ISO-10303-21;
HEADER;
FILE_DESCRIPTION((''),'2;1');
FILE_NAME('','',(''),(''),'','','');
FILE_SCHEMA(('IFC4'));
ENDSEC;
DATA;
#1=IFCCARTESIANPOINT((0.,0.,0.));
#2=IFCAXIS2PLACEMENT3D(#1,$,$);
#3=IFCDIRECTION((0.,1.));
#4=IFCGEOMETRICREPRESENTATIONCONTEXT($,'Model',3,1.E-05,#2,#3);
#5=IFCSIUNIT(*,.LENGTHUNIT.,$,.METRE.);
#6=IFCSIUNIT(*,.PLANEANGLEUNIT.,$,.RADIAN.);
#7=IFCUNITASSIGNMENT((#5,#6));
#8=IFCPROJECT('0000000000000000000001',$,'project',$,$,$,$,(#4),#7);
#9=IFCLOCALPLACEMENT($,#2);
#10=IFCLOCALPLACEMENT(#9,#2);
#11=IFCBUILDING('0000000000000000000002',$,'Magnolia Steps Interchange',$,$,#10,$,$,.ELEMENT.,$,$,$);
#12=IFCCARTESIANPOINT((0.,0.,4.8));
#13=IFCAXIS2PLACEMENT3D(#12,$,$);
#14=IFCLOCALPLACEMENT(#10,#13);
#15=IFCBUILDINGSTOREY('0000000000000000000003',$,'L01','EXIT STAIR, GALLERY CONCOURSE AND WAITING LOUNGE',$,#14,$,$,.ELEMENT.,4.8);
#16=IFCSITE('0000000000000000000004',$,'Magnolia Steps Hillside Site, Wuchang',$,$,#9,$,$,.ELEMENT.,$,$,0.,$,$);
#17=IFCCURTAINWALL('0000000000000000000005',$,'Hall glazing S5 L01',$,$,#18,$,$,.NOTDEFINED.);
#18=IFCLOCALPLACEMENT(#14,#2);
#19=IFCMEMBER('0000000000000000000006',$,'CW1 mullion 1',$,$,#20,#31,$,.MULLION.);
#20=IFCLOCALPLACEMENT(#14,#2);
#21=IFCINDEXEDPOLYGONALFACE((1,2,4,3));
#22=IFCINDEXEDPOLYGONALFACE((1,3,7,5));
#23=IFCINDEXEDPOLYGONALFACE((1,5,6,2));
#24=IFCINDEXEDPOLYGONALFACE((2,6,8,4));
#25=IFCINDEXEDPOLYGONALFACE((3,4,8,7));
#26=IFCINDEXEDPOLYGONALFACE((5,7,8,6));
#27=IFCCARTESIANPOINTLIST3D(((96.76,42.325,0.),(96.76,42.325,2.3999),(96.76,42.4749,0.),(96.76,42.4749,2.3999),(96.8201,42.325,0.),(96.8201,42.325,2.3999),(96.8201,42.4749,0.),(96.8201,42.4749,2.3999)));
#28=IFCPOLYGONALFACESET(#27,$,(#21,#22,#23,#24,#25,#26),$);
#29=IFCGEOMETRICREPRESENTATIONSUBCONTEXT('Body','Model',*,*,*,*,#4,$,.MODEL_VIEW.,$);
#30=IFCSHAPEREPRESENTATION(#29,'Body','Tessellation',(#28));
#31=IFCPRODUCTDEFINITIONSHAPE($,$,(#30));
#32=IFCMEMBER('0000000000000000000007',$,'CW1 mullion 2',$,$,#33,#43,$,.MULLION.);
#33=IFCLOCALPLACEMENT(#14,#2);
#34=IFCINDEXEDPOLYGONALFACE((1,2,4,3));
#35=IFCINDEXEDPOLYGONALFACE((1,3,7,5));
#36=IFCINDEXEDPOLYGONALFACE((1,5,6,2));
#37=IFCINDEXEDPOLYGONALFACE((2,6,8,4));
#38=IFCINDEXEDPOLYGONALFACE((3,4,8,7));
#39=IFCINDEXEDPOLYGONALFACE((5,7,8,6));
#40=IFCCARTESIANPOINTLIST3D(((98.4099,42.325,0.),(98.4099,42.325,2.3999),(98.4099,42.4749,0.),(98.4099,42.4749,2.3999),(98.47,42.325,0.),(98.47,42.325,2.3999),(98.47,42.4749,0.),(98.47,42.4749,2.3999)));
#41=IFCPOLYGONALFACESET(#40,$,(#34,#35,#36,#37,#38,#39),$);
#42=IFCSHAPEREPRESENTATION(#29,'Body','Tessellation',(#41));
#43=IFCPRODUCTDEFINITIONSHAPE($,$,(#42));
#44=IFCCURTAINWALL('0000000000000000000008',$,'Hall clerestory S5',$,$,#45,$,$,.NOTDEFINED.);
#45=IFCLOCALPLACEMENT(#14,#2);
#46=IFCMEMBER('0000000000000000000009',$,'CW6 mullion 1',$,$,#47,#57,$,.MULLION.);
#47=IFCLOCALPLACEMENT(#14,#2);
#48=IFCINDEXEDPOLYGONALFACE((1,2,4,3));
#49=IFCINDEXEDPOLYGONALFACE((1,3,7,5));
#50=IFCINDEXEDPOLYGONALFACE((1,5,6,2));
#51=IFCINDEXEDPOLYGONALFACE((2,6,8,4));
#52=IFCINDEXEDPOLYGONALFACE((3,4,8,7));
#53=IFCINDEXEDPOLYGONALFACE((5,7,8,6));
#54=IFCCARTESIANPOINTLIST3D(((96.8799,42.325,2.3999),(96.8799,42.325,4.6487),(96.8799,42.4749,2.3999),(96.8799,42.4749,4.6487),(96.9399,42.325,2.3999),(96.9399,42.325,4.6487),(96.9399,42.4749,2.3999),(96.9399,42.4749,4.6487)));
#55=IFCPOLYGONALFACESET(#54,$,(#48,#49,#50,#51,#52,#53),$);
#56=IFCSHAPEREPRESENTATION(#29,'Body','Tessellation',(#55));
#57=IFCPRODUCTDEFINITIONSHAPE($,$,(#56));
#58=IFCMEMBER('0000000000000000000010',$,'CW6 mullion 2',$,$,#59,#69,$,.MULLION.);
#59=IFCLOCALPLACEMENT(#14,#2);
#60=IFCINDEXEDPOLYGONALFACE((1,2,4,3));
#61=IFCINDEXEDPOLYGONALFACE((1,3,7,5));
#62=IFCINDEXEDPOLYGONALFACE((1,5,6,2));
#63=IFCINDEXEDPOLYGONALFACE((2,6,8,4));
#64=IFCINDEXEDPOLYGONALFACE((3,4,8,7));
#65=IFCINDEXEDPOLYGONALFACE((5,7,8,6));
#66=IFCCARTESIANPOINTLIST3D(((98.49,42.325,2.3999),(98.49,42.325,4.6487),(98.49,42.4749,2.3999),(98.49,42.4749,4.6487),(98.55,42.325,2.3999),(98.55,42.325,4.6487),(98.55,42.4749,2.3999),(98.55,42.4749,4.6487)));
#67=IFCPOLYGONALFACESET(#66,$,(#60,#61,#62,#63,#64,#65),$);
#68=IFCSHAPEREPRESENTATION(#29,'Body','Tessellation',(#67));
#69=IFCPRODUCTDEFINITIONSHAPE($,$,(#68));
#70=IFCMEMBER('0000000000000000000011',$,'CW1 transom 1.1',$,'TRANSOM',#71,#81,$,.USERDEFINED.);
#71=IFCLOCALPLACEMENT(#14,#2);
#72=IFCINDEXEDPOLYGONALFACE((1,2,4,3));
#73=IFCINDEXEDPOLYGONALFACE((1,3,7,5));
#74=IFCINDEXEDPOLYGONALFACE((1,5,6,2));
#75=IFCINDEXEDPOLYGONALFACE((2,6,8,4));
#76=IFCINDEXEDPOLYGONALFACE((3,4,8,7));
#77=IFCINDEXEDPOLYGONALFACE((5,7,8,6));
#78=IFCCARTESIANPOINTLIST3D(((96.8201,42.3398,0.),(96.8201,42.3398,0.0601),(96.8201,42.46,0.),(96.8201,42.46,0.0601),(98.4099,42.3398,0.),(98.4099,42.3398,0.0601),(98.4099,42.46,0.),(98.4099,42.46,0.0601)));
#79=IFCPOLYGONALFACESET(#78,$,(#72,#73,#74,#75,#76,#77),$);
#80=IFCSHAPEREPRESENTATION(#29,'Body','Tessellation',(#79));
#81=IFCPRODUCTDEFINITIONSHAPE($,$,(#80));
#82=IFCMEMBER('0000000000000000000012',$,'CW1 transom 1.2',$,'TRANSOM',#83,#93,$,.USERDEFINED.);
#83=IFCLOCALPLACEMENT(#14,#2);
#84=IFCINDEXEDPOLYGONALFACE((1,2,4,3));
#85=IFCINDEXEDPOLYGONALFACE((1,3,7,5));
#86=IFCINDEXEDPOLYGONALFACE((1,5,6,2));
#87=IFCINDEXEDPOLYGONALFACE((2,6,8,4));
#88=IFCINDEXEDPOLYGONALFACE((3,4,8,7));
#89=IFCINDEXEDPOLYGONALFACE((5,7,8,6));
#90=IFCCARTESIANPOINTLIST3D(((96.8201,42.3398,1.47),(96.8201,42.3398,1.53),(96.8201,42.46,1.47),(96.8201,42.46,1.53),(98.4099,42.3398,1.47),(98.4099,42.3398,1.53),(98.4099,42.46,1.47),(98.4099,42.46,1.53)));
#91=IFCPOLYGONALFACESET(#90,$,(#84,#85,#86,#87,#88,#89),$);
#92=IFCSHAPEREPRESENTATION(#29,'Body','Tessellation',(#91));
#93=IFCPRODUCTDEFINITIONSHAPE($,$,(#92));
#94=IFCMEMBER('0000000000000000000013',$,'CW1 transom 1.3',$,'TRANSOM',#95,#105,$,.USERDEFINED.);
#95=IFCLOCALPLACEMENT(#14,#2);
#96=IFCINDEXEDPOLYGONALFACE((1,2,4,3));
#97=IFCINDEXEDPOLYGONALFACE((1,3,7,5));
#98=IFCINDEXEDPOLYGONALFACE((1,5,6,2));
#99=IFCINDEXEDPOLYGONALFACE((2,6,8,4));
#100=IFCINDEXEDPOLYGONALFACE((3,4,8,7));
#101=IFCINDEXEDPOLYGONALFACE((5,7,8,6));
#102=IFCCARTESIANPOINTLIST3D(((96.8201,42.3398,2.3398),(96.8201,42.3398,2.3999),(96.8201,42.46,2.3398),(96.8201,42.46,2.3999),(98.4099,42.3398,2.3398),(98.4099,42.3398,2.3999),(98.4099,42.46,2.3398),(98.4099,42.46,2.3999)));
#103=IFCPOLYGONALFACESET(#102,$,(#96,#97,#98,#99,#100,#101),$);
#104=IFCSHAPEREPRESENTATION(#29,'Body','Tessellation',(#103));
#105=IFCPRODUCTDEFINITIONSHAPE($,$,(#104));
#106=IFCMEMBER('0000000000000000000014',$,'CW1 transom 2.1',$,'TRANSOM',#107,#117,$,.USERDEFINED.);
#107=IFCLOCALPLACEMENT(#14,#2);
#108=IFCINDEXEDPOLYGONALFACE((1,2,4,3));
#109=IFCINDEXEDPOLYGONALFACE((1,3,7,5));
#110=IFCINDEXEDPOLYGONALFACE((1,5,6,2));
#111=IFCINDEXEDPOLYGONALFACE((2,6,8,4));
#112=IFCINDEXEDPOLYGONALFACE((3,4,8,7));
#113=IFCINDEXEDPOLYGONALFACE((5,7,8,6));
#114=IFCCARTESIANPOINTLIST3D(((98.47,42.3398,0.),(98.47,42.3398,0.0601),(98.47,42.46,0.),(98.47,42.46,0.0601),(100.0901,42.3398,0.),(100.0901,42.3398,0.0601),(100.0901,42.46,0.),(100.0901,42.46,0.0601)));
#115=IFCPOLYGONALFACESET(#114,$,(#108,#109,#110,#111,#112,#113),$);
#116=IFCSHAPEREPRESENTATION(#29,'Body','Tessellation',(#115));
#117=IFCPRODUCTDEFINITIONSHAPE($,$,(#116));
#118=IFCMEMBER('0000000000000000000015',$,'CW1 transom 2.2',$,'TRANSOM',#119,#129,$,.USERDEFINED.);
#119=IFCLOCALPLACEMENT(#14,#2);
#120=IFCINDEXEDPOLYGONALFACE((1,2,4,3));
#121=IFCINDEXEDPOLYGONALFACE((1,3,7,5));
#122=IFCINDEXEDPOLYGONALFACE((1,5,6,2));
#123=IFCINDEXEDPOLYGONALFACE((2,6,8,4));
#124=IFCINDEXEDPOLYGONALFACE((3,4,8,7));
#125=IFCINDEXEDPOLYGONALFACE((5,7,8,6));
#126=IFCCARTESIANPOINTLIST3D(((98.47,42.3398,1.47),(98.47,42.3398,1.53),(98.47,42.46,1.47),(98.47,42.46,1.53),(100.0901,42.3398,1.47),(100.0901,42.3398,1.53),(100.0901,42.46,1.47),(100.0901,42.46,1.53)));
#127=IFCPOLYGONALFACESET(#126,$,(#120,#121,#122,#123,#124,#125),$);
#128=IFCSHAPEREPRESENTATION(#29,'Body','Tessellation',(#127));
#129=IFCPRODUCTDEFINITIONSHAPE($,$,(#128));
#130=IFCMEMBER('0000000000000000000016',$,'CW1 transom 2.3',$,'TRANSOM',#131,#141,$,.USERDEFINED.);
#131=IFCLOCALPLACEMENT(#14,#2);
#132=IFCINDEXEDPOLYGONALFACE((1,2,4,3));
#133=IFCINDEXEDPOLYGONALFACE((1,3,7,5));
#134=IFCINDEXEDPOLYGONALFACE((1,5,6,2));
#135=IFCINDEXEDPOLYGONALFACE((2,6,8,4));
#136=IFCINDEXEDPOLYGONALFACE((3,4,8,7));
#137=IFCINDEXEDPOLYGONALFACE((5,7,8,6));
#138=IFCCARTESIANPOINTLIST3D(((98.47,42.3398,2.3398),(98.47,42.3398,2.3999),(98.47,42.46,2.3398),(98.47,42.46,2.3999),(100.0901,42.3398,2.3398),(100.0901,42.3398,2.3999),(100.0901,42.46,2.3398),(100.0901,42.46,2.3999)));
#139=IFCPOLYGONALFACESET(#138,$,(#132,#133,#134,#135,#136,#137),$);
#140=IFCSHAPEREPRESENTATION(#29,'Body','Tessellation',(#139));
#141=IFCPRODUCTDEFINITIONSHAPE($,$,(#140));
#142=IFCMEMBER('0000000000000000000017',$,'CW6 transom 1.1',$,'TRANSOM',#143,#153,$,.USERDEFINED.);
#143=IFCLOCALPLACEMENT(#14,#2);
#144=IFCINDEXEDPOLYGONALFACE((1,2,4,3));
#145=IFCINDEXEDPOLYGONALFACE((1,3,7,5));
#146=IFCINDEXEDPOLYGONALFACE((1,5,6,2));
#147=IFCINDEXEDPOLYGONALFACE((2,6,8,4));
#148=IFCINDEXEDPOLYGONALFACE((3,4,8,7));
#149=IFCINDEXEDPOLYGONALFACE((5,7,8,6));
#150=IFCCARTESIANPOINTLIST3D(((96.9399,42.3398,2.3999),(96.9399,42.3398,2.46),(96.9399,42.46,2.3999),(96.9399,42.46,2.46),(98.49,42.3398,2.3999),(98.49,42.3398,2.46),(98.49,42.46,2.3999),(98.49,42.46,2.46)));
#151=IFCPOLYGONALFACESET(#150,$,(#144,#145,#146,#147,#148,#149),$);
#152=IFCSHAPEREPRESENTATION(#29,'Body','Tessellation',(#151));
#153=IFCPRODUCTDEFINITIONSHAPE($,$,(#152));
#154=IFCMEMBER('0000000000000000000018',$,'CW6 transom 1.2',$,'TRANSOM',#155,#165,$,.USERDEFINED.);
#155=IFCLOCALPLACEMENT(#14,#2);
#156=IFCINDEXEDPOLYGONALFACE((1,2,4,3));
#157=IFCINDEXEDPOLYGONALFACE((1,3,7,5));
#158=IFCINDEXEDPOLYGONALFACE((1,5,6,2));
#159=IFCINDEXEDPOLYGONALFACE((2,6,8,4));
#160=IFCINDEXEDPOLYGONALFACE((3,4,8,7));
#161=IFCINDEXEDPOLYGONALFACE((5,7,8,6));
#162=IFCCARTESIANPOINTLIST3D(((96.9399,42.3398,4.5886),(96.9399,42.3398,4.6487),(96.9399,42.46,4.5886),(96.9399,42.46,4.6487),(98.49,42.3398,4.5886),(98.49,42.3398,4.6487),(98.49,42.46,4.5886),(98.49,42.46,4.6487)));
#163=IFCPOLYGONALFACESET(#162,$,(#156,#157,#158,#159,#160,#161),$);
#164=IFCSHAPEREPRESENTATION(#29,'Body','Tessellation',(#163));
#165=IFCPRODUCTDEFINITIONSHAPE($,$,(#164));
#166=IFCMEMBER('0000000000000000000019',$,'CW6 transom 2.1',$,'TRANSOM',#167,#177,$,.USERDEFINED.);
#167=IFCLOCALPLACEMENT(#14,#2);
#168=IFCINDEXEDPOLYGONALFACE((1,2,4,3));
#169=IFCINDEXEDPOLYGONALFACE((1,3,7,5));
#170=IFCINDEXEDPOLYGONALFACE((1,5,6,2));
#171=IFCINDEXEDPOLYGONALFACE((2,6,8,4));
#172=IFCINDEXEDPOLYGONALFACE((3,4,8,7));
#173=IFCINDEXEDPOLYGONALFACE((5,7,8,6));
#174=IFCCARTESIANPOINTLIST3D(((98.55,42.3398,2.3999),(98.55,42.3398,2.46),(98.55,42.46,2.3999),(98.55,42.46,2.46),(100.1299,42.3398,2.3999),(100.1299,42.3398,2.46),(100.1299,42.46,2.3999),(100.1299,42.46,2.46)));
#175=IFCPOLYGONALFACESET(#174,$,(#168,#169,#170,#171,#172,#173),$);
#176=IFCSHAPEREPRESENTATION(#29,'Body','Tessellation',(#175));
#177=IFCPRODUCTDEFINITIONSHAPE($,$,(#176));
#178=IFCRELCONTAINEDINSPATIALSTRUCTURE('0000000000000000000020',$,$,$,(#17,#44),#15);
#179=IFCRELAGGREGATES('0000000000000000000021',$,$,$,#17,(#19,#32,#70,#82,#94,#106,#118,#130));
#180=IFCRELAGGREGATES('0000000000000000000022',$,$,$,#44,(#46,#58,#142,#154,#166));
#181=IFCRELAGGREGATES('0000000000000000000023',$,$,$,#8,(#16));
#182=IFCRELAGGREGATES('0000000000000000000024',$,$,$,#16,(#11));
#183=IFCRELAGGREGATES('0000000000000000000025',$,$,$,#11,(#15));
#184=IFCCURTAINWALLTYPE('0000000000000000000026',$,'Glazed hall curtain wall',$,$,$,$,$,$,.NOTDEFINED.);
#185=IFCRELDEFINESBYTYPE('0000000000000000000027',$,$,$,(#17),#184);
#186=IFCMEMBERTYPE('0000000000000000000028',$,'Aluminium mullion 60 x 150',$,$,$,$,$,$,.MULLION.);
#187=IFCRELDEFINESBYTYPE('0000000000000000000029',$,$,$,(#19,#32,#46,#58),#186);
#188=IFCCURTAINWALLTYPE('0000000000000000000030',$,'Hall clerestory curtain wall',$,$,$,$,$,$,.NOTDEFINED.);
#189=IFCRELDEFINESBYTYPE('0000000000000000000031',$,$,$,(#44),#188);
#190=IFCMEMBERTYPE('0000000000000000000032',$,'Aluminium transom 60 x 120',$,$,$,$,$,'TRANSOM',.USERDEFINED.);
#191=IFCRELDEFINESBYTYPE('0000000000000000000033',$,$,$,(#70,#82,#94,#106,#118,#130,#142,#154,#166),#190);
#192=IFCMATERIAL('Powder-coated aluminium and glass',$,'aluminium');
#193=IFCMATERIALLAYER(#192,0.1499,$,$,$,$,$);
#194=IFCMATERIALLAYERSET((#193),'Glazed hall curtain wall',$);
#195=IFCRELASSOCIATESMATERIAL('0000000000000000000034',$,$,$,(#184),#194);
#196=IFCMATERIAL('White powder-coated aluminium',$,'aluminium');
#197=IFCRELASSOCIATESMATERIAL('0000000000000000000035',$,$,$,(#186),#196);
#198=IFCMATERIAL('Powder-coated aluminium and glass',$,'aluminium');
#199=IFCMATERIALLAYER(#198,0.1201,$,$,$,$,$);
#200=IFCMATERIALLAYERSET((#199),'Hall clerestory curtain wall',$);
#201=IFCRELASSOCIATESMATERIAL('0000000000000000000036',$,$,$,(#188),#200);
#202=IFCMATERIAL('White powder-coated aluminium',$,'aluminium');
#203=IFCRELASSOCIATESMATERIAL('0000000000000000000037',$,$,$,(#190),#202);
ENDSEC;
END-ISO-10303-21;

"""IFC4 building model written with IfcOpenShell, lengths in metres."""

from ifc_helpers import new_model, si_unit, direction, frame, origin, origin_2d, place, context, subcontext, project, spatial, rectangle, extrude, material, layer, layer_set, material_profile, profile_set, type_object, element, aggregate, save


model = new_model("IFC4")

# Units and contexts
model_context = context("Model", 3, precision=1e-05, world=origin(), true_north=direction((0.0, 1.0)))
body_context = subcontext(model_context, "Body", "Model", "MODEL_VIEW")
ifc_project = project(units=[si_unit("LENGTHUNIT", "METRE"), si_unit("PLANEANGLEUNIT", "RADIAN")], contexts=[model_context])

# Site, building, storey
site_placement = place(None, origin())
site = spatial("IfcSite", under=ifc_project, at=site_placement, Name="Magnolia Steps Hillside Site, Wuchang", CompositionType="ELEMENT", RefElevation=0.0)
building_placement = place(site_placement, origin())
building = spatial("IfcBuilding", under=site, at=building_placement, Name="Magnolia Steps Interchange", CompositionType="ELEMENT")
storey_placement = place(building_placement, frame((0.0, 0.0, 4.8)))
storey = spatial("IfcBuildingStorey", under=building, at=storey_placement, Name="L01", Description="EXIT STAIR, GALLERY CONCOURSE AND WAITING LOUNGE", CompositionType="ELEMENT", Elevation=4.8)

# Curtain walls, members
ifc_material_1 = material(Name="Powder-coated aluminium and glass", Category="aluminium")
ifc_layer_1 = layer(ifc_material_1, 0.1499)
ifc_layer_set_1 = layer_set([ifc_layer_1], Name="Glazed hall curtain wall")
curtain_wall_type_1 = type_object("IfcCurtainWallType", Name="Glazed hall curtain wall", PredefinedType="NOTDEFINED", material=ifc_layer_set_1)
curtain_wall_1_placement = place(storey_placement, origin())
curtain_wall_1 = element("IfcCurtainWall", 1, at=curtain_wall_1_placement, inside=storey, type_object=curtain_wall_type_1, Name="Hall glazing S5 L01", PredefinedType="NOTDEFINED")
ifc_material_2 = material(Name="White powder-coated aluminium", Category="aluminium")
ifc_material_profile_1 = material_profile(ifc_material_2, rectangle(XDim=0.0601, YDim=0.1499, at=origin_2d()), Name="Aluminium mullion 60 x 150")
ifc_profile_set_1 = profile_set([ifc_material_profile_1], Name="White powder-coated aluminium")
member_type_1 = type_object("IfcMemberType", Name="Aluminium mullion 60 x 150", PredefinedType="MULLION", material=ifc_profile_set_1)
member_1_placement = place(storey_placement, frame((96.79, 42.3999, 0.0), z_axis=(0.0, 0.0, 1.0), x_axis=(1.0, 0.0, 0.0)))
member_1 = element("IfcMember", 2, at=member_1_placement, type_object=member_type_1, Name="CW1 mullion 1", PredefinedType="MULLION", context=body_context, shape_type="SweptSolid", body=[
    extrude(rectangle(XDim=0.0601, YDim=0.1499, at=origin_2d()), origin(), (0.0, 0.0, 1.0), 2.3999),
])
member_2_placement = place(storey_placement, frame((98.4399, 42.3999, 0.0), z_axis=(0.0, 0.0, 1.0), x_axis=(1.0, 0.0, 0.0)))
member_2 = element("IfcMember", 3, at=member_2_placement, type_object=member_type_1, Name="CW1 mullion 2", PredefinedType="MULLION", context=body_context, shape_type="SweptSolid", body=[
    extrude(rectangle(XDim=0.0601, YDim=0.1499, at=origin_2d()), origin(), (0.0, 0.0, 1.0), 2.3999),
])
ifc_material_3 = material(Name="Powder-coated aluminium and glass", Category="aluminium")
ifc_layer_2 = layer(ifc_material_3, 0.1201)
ifc_layer_set_2 = layer_set([ifc_layer_2], Name="Hall clerestory curtain wall")
curtain_wall_type_2 = type_object("IfcCurtainWallType", Name="Hall clerestory curtain wall", PredefinedType="NOTDEFINED", material=ifc_layer_set_2)
curtain_wall_2_placement = place(storey_placement, origin())
curtain_wall_2 = element("IfcCurtainWall", 4, at=curtain_wall_2_placement, inside=storey, type_object=curtain_wall_type_2, Name="Hall clerestory S5", PredefinedType="NOTDEFINED")
member_3_placement = place(storey_placement, frame((96.9099, 42.3999, 2.3999), z_axis=(0.0, 0.0, 1.0), x_axis=(1.0, 0.0, 0.0)))
member_3 = element("IfcMember", 5, at=member_3_placement, type_object=member_type_1, Name="CW6 mullion 1", PredefinedType="MULLION", context=body_context, shape_type="SweptSolid", body=[
    extrude(rectangle(XDim=0.0601, YDim=0.1499, at=origin_2d()), origin(), (0.0, 0.0, 1.0), 2.2488),
])
member_4_placement = place(storey_placement, frame((98.52, 42.3999, 2.3999), z_axis=(0.0, 0.0, 1.0), x_axis=(1.0, 0.0, 0.0)))
member_4 = element("IfcMember", 6, at=member_4_placement, type_object=member_type_1, Name="CW6 mullion 2", PredefinedType="MULLION", context=body_context, shape_type="SweptSolid", body=[
    extrude(rectangle(XDim=0.0601, YDim=0.1499, at=origin_2d()), origin(), (0.0, 0.0, 1.0), 2.2488),
])

# Members
ifc_material_4 = material(Name="White powder-coated aluminium", Category="aluminium")
ifc_material_profile_2 = material_profile(ifc_material_4, rectangle(XDim=0.0601, YDim=0.1201, at=origin_2d()), Name="Aluminium transom 60 x 120")
ifc_profile_set_2 = profile_set([ifc_material_profile_2], Name="White powder-coated aluminium")
member_type_2 = type_object("IfcMemberType", Name="Aluminium transom 60 x 120", ElementType="TRANSOM", PredefinedType="USERDEFINED", material=ifc_profile_set_2)
member_5_placement = place(storey_placement, frame((96.8201, 42.3999, 0.03), z_axis=(1.0, 0.0, 0.0), x_axis=(0.0, 0.0, 1.0)))
member_5 = element("IfcMember", 7, at=member_5_placement, type_object=member_type_2, Name="CW1 transom 1.1", ObjectType="TRANSOM", PredefinedType="USERDEFINED", context=body_context, shape_type="SweptSolid", body=[
    extrude(rectangle(XDim=0.0601, YDim=0.1201, at=origin_2d()), origin(), (0.0, 0.0, 1.0), 1.5898),
])
member_6_placement = place(storey_placement, frame((96.8201, 42.3999, 1.5), z_axis=(1.0, 0.0, 0.0), x_axis=(0.0, 0.0, 1.0)))
member_6 = element("IfcMember", 8, at=member_6_placement, type_object=member_type_2, Name="CW1 transom 1.2", ObjectType="TRANSOM", PredefinedType="USERDEFINED", context=body_context, shape_type="SweptSolid", body=[
    extrude(rectangle(XDim=0.0601, YDim=0.1201, at=origin_2d()), origin(), (0.0, 0.0, 1.0), 1.5898),
])
member_7_placement = place(storey_placement, frame((96.8201, 42.3999, 2.3699), z_axis=(1.0, 0.0, 0.0), x_axis=(0.0, 0.0, 1.0)))
member_7 = element("IfcMember", 9, at=member_7_placement, type_object=member_type_2, Name="CW1 transom 1.3", ObjectType="TRANSOM", PredefinedType="USERDEFINED", context=body_context, shape_type="SweptSolid", body=[
    extrude(rectangle(XDim=0.0601, YDim=0.1201, at=origin_2d()), origin(), (0.0, 0.0, 1.0), 1.5898),
])
member_8_placement = place(storey_placement, frame((98.47, 42.3999, 0.03), z_axis=(1.0, 0.0, 0.0), x_axis=(0.0, 0.0, 1.0)))
member_8 = element("IfcMember", 10, at=member_8_placement, type_object=member_type_2, Name="CW1 transom 2.1", ObjectType="TRANSOM", PredefinedType="USERDEFINED", context=body_context, shape_type="SweptSolid", body=[
    extrude(rectangle(XDim=0.0601, YDim=0.1201, at=origin_2d()), origin(), (0.0, 0.0, 1.0), 1.6201),
])
member_9_placement = place(storey_placement, frame((98.47, 42.3999, 1.5), z_axis=(1.0, 0.0, 0.0), x_axis=(0.0, 0.0, 1.0)))
member_9 = element("IfcMember", 11, at=member_9_placement, type_object=member_type_2, Name="CW1 transom 2.2", ObjectType="TRANSOM", PredefinedType="USERDEFINED", context=body_context, shape_type="SweptSolid", body=[
    extrude(rectangle(XDim=0.0601, YDim=0.1201, at=origin_2d()), origin(), (0.0, 0.0, 1.0), 1.6201),
])
member_10_placement = place(storey_placement, frame((98.47, 42.3999, 2.3699), z_axis=(1.0, 0.0, 0.0), x_axis=(0.0, 0.0, 1.0)))
member_10 = element("IfcMember", 12, at=member_10_placement, type_object=member_type_2, Name="CW1 transom 2.3", ObjectType="TRANSOM", PredefinedType="USERDEFINED", context=body_context, shape_type="SweptSolid", body=[
    extrude(rectangle(XDim=0.0601, YDim=0.1201, at=origin_2d()), origin(), (0.0, 0.0, 1.0), 1.6201),
])
member_11_placement = place(storey_placement, frame((96.9399, 42.3999, 2.4299), z_axis=(1.0, 0.0, 0.0), x_axis=(0.0, 0.0, 1.0)))
member_11 = element("IfcMember", 13, at=member_11_placement, type_object=member_type_2, Name="CW6 transom 1.1", ObjectType="TRANSOM", PredefinedType="USERDEFINED", context=body_context, shape_type="SweptSolid", body=[
    extrude(rectangle(XDim=0.0601, YDim=0.1201, at=origin_2d()), origin(), (0.0, 0.0, 1.0), 1.55),
])
member_12_placement = place(storey_placement, frame((96.9399, 42.3999, 4.6187), z_axis=(1.0, 0.0, 0.0), x_axis=(0.0, 0.0, 1.0)))
member_12 = element("IfcMember", 14, at=member_12_placement, type_object=member_type_2, Name="CW6 transom 1.2", ObjectType="TRANSOM", PredefinedType="USERDEFINED", context=body_context, shape_type="SweptSolid", body=[
    extrude(rectangle(XDim=0.0601, YDim=0.1201, at=origin_2d()), origin(), (0.0, 0.0, 1.0), 1.55),
])
member_13_placement = place(storey_placement, frame((98.55, 42.3999, 2.4299), z_axis=(1.0, 0.0, 0.0), x_axis=(0.0, 0.0, 1.0)))
member_13 = element("IfcMember", 15, at=member_13_placement, type_object=member_type_2, Name="CW6 transom 2.1", ObjectType="TRANSOM", PredefinedType="USERDEFINED", context=body_context, shape_type="SweptSolid", body=[
    extrude(rectangle(XDim=0.0601, YDim=0.1201, at=origin_2d()), origin(), (0.0, 0.0, 1.0), 1.5798),
])

aggregate(curtain_wall_1, [member_1, member_2, member_5, member_6, member_7, member_8, member_9, member_10])
aggregate(curtain_wall_2, [member_3, member_4, member_11, member_12, member_13])

save(model, "model.ifc")
